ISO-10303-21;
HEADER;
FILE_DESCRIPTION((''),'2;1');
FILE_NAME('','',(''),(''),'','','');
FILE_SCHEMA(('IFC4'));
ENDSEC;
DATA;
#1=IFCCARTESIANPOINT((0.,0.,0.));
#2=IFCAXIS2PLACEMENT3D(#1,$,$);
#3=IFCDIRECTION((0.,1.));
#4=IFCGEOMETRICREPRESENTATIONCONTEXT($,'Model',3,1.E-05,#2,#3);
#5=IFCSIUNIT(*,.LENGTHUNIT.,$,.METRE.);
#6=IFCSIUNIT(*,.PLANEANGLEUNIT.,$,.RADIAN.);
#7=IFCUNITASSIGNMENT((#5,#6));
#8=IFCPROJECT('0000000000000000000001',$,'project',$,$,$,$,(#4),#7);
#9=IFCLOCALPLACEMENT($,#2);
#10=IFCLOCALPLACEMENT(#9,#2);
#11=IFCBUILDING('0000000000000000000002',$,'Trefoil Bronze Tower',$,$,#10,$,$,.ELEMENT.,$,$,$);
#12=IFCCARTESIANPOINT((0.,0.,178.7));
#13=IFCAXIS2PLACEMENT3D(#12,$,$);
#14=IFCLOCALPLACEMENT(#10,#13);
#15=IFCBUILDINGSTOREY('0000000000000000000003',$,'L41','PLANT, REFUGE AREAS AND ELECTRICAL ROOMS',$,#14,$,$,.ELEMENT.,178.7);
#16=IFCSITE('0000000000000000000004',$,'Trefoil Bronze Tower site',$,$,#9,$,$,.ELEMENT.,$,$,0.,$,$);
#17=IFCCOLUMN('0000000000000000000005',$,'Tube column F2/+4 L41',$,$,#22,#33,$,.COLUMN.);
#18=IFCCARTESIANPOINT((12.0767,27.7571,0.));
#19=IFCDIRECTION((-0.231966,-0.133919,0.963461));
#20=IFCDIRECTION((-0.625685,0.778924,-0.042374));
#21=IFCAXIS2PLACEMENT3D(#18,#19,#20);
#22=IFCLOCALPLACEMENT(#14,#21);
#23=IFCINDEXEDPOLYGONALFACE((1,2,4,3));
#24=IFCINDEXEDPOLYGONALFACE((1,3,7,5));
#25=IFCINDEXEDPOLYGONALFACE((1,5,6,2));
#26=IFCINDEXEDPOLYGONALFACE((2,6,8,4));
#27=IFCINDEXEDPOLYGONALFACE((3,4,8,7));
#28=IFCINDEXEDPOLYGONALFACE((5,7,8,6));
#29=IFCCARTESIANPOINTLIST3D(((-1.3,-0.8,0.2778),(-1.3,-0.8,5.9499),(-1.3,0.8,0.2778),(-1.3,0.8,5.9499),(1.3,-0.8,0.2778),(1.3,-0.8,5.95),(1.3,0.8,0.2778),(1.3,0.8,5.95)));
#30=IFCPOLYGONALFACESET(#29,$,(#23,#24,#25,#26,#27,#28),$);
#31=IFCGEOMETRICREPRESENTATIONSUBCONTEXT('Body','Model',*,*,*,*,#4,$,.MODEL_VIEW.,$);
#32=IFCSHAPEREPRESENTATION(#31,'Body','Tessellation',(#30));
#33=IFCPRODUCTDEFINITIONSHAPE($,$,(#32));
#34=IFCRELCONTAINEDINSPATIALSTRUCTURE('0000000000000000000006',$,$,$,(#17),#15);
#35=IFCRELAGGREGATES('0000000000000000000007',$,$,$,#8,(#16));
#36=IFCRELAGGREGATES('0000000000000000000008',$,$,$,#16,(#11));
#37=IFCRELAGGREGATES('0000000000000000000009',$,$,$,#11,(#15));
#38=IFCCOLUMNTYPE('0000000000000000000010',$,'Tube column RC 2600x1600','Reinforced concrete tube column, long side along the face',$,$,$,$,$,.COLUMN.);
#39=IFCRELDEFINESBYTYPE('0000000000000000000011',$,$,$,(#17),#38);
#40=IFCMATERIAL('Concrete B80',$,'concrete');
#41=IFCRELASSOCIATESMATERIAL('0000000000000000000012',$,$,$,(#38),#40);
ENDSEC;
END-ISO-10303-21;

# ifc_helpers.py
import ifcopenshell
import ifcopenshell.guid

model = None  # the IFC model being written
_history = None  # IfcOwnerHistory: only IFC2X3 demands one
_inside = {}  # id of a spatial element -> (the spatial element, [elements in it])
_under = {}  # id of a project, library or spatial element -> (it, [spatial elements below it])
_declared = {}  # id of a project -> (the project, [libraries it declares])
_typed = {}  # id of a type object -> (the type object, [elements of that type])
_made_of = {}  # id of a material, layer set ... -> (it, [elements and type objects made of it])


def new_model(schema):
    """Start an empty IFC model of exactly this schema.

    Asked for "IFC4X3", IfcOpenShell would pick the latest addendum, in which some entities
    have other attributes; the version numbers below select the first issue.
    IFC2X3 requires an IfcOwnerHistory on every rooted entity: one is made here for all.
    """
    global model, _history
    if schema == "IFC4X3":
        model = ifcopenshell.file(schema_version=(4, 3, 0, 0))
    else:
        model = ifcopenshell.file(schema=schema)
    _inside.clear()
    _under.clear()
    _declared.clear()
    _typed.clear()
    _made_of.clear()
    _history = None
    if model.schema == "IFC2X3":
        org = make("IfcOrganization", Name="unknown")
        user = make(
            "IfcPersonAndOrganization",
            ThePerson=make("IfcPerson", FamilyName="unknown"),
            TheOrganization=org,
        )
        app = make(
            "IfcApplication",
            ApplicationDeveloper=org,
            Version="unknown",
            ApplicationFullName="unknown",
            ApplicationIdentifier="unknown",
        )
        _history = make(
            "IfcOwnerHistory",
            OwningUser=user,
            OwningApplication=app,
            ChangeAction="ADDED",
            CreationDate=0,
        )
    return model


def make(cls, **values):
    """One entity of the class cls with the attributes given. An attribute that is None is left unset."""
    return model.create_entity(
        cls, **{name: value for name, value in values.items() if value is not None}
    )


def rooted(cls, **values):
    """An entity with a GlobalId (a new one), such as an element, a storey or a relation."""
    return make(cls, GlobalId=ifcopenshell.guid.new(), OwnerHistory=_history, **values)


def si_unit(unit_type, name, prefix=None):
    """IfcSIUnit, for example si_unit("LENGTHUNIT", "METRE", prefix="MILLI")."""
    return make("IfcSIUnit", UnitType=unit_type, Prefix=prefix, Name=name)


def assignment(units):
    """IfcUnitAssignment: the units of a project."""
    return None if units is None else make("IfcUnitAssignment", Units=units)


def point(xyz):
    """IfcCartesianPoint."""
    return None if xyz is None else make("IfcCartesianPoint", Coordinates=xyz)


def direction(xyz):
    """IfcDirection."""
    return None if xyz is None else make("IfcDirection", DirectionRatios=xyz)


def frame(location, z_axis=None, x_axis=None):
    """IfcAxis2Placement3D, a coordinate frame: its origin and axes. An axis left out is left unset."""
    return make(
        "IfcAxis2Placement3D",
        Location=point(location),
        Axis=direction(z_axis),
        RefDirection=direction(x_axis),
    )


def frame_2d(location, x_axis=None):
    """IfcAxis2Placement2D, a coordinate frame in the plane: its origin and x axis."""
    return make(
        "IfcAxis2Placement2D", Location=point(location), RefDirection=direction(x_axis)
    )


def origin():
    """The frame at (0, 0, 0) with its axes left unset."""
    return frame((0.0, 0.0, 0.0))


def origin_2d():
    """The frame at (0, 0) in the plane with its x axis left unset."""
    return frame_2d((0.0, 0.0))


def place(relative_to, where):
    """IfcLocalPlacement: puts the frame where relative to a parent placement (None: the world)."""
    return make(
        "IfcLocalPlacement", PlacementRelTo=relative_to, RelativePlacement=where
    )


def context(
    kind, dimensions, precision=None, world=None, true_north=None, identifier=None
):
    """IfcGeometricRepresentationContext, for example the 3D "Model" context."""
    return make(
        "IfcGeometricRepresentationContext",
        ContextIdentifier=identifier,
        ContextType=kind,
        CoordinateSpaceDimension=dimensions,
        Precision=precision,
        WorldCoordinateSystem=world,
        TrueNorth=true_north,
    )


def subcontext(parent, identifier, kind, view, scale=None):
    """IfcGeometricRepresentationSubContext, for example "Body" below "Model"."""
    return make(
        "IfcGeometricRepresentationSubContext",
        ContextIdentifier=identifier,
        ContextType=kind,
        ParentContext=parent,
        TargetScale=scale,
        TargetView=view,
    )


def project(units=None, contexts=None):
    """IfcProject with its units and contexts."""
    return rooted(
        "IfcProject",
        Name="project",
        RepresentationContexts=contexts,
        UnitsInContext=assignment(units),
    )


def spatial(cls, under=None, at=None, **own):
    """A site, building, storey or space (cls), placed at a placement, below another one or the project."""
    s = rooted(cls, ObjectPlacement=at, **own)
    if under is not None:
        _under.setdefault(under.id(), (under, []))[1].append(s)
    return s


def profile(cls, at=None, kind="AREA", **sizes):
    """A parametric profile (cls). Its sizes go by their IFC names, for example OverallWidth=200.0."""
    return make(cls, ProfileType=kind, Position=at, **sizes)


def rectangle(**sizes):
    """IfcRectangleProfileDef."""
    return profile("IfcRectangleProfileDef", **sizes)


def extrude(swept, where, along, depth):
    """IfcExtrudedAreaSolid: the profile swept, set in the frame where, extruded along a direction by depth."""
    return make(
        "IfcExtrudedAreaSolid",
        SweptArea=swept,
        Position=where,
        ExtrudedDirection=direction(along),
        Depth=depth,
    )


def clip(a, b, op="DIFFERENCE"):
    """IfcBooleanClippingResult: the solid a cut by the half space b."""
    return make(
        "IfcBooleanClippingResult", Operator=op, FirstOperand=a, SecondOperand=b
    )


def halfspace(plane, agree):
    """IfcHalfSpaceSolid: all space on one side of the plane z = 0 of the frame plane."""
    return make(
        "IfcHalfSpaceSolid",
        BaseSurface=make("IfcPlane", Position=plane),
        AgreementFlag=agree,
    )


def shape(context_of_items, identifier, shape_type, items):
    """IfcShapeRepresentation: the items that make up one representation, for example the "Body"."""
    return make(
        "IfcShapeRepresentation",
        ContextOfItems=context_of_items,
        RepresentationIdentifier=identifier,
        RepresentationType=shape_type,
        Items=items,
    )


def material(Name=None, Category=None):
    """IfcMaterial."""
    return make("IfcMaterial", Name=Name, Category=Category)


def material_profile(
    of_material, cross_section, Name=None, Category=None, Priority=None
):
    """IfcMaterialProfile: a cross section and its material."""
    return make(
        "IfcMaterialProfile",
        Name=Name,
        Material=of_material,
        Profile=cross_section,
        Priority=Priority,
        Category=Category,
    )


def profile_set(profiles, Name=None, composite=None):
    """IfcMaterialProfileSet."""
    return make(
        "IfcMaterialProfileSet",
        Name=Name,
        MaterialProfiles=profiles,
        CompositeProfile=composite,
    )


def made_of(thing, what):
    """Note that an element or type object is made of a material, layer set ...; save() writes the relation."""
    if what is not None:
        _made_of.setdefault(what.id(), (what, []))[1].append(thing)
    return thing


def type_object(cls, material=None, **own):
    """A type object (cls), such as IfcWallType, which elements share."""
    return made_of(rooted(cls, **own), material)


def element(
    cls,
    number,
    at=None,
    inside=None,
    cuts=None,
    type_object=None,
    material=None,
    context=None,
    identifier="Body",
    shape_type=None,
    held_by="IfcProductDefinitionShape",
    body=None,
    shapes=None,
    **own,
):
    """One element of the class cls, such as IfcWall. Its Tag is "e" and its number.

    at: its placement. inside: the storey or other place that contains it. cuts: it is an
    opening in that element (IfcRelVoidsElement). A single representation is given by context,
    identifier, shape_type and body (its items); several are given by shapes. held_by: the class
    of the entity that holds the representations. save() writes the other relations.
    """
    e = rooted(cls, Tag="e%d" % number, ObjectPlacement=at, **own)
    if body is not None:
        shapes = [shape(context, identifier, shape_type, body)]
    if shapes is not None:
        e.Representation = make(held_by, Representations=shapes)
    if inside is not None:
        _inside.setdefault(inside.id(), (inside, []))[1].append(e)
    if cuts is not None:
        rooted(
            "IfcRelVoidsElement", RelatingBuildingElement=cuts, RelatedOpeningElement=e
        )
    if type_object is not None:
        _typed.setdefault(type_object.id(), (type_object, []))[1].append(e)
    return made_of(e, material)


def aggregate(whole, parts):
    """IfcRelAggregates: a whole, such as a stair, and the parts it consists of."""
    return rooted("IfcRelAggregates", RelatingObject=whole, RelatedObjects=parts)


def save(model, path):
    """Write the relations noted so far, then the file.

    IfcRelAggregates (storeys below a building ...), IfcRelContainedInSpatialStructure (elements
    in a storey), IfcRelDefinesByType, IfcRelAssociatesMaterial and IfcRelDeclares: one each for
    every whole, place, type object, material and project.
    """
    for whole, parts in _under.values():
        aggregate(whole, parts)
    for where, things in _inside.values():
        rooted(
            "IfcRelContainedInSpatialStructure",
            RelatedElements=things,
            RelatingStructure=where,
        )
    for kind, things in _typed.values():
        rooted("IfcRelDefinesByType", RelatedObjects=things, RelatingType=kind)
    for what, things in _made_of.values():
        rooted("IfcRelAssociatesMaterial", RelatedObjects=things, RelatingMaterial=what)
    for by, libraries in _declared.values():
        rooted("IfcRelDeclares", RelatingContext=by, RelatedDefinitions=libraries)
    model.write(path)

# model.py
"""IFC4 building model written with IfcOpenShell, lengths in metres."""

from ifc_helpers import new_model, si_unit, direction, frame, origin, origin_2d, place, context, subcontext, project, spatial, rectangle, extrude, clip, halfspace, material, material_profile, profile_set, type_object, element, save


model = new_model("IFC4")

# Units and contexts
model_context = context("Model", 3, precision=1e-05, world=origin(), true_north=direction((0.0, 1.0)))
body_context = subcontext(model_context, "Body", "Model", "MODEL_VIEW")
ifc_project = project(units=[si_unit("LENGTHUNIT", "METRE"), si_unit("PLANEANGLEUNIT", "RADIAN")], contexts=[model_context])

# Site, building, storey
site_placement = place(None, origin())
site = spatial("IfcSite", under=ifc_project, at=site_placement, Name="Trefoil Bronze Tower site", CompositionType="ELEMENT", RefElevation=0.0)
building_placement = place(site_placement, origin())
building = spatial("IfcBuilding", under=site, at=building_placement, Name="Trefoil Bronze Tower", CompositionType="ELEMENT")
storey_placement = place(building_placement, frame((0.0, 0.0, 178.7)))
storey = spatial("IfcBuildingStorey", under=building, at=storey_placement, Name="L41", Description="PLANT, REFUGE AREAS AND ELECTRICAL ROOMS", CompositionType="ELEMENT", Elevation=178.7)

# Column
ifc_material_1 = material(Name="Concrete B80", Category="concrete")
ifc_material_profile_1 = material_profile(ifc_material_1, rectangle(XDim=2.6001, YDim=1.6001, at=origin_2d()), Name="RC 2600x1600")
ifc_profile_set_1 = profile_set([ifc_material_profile_1], Name="Concrete B80")
column_type = type_object("IfcColumnType", Name="Tube column RC 2600x1600", Description="Reinforced concrete tube column, long side along the face", PredefinedType="COLUMN", material=ifc_profile_set_1)
column_placement = place(storey_placement, frame((12.0767, 27.7571, 0.0), z_axis=(-0.231966, -0.133919, 0.963461), x_axis=(-0.625685, 0.778924, -0.042374)))
element("IfcColumn", 1, at=column_placement, inside=storey, type_object=column_type, Name="Tube column F2/+4 L41", PredefinedType="COLUMN", context=body_context, shape_type="Clipping", body=[
    clip(clip(extrude(rectangle(XDim=2.6001, YDim=1.6001, at=origin_2d()), origin(), (0.0, 0.0, 1.0), 6.2275), halfspace(frame((0.0, 0.0, 0.2778), z_axis=(-0.000005, 0.000006, 1.0), x_axis=(0.0, 1.0, -0.000006)), True)), halfspace(frame((0.0, 0.0002, 5.95), z_axis=(0.000005, -0.000006, -1.0), x_axis=(0.0, -1.0, 0.000006)), True)),
])

save(model, "model.ifc")
